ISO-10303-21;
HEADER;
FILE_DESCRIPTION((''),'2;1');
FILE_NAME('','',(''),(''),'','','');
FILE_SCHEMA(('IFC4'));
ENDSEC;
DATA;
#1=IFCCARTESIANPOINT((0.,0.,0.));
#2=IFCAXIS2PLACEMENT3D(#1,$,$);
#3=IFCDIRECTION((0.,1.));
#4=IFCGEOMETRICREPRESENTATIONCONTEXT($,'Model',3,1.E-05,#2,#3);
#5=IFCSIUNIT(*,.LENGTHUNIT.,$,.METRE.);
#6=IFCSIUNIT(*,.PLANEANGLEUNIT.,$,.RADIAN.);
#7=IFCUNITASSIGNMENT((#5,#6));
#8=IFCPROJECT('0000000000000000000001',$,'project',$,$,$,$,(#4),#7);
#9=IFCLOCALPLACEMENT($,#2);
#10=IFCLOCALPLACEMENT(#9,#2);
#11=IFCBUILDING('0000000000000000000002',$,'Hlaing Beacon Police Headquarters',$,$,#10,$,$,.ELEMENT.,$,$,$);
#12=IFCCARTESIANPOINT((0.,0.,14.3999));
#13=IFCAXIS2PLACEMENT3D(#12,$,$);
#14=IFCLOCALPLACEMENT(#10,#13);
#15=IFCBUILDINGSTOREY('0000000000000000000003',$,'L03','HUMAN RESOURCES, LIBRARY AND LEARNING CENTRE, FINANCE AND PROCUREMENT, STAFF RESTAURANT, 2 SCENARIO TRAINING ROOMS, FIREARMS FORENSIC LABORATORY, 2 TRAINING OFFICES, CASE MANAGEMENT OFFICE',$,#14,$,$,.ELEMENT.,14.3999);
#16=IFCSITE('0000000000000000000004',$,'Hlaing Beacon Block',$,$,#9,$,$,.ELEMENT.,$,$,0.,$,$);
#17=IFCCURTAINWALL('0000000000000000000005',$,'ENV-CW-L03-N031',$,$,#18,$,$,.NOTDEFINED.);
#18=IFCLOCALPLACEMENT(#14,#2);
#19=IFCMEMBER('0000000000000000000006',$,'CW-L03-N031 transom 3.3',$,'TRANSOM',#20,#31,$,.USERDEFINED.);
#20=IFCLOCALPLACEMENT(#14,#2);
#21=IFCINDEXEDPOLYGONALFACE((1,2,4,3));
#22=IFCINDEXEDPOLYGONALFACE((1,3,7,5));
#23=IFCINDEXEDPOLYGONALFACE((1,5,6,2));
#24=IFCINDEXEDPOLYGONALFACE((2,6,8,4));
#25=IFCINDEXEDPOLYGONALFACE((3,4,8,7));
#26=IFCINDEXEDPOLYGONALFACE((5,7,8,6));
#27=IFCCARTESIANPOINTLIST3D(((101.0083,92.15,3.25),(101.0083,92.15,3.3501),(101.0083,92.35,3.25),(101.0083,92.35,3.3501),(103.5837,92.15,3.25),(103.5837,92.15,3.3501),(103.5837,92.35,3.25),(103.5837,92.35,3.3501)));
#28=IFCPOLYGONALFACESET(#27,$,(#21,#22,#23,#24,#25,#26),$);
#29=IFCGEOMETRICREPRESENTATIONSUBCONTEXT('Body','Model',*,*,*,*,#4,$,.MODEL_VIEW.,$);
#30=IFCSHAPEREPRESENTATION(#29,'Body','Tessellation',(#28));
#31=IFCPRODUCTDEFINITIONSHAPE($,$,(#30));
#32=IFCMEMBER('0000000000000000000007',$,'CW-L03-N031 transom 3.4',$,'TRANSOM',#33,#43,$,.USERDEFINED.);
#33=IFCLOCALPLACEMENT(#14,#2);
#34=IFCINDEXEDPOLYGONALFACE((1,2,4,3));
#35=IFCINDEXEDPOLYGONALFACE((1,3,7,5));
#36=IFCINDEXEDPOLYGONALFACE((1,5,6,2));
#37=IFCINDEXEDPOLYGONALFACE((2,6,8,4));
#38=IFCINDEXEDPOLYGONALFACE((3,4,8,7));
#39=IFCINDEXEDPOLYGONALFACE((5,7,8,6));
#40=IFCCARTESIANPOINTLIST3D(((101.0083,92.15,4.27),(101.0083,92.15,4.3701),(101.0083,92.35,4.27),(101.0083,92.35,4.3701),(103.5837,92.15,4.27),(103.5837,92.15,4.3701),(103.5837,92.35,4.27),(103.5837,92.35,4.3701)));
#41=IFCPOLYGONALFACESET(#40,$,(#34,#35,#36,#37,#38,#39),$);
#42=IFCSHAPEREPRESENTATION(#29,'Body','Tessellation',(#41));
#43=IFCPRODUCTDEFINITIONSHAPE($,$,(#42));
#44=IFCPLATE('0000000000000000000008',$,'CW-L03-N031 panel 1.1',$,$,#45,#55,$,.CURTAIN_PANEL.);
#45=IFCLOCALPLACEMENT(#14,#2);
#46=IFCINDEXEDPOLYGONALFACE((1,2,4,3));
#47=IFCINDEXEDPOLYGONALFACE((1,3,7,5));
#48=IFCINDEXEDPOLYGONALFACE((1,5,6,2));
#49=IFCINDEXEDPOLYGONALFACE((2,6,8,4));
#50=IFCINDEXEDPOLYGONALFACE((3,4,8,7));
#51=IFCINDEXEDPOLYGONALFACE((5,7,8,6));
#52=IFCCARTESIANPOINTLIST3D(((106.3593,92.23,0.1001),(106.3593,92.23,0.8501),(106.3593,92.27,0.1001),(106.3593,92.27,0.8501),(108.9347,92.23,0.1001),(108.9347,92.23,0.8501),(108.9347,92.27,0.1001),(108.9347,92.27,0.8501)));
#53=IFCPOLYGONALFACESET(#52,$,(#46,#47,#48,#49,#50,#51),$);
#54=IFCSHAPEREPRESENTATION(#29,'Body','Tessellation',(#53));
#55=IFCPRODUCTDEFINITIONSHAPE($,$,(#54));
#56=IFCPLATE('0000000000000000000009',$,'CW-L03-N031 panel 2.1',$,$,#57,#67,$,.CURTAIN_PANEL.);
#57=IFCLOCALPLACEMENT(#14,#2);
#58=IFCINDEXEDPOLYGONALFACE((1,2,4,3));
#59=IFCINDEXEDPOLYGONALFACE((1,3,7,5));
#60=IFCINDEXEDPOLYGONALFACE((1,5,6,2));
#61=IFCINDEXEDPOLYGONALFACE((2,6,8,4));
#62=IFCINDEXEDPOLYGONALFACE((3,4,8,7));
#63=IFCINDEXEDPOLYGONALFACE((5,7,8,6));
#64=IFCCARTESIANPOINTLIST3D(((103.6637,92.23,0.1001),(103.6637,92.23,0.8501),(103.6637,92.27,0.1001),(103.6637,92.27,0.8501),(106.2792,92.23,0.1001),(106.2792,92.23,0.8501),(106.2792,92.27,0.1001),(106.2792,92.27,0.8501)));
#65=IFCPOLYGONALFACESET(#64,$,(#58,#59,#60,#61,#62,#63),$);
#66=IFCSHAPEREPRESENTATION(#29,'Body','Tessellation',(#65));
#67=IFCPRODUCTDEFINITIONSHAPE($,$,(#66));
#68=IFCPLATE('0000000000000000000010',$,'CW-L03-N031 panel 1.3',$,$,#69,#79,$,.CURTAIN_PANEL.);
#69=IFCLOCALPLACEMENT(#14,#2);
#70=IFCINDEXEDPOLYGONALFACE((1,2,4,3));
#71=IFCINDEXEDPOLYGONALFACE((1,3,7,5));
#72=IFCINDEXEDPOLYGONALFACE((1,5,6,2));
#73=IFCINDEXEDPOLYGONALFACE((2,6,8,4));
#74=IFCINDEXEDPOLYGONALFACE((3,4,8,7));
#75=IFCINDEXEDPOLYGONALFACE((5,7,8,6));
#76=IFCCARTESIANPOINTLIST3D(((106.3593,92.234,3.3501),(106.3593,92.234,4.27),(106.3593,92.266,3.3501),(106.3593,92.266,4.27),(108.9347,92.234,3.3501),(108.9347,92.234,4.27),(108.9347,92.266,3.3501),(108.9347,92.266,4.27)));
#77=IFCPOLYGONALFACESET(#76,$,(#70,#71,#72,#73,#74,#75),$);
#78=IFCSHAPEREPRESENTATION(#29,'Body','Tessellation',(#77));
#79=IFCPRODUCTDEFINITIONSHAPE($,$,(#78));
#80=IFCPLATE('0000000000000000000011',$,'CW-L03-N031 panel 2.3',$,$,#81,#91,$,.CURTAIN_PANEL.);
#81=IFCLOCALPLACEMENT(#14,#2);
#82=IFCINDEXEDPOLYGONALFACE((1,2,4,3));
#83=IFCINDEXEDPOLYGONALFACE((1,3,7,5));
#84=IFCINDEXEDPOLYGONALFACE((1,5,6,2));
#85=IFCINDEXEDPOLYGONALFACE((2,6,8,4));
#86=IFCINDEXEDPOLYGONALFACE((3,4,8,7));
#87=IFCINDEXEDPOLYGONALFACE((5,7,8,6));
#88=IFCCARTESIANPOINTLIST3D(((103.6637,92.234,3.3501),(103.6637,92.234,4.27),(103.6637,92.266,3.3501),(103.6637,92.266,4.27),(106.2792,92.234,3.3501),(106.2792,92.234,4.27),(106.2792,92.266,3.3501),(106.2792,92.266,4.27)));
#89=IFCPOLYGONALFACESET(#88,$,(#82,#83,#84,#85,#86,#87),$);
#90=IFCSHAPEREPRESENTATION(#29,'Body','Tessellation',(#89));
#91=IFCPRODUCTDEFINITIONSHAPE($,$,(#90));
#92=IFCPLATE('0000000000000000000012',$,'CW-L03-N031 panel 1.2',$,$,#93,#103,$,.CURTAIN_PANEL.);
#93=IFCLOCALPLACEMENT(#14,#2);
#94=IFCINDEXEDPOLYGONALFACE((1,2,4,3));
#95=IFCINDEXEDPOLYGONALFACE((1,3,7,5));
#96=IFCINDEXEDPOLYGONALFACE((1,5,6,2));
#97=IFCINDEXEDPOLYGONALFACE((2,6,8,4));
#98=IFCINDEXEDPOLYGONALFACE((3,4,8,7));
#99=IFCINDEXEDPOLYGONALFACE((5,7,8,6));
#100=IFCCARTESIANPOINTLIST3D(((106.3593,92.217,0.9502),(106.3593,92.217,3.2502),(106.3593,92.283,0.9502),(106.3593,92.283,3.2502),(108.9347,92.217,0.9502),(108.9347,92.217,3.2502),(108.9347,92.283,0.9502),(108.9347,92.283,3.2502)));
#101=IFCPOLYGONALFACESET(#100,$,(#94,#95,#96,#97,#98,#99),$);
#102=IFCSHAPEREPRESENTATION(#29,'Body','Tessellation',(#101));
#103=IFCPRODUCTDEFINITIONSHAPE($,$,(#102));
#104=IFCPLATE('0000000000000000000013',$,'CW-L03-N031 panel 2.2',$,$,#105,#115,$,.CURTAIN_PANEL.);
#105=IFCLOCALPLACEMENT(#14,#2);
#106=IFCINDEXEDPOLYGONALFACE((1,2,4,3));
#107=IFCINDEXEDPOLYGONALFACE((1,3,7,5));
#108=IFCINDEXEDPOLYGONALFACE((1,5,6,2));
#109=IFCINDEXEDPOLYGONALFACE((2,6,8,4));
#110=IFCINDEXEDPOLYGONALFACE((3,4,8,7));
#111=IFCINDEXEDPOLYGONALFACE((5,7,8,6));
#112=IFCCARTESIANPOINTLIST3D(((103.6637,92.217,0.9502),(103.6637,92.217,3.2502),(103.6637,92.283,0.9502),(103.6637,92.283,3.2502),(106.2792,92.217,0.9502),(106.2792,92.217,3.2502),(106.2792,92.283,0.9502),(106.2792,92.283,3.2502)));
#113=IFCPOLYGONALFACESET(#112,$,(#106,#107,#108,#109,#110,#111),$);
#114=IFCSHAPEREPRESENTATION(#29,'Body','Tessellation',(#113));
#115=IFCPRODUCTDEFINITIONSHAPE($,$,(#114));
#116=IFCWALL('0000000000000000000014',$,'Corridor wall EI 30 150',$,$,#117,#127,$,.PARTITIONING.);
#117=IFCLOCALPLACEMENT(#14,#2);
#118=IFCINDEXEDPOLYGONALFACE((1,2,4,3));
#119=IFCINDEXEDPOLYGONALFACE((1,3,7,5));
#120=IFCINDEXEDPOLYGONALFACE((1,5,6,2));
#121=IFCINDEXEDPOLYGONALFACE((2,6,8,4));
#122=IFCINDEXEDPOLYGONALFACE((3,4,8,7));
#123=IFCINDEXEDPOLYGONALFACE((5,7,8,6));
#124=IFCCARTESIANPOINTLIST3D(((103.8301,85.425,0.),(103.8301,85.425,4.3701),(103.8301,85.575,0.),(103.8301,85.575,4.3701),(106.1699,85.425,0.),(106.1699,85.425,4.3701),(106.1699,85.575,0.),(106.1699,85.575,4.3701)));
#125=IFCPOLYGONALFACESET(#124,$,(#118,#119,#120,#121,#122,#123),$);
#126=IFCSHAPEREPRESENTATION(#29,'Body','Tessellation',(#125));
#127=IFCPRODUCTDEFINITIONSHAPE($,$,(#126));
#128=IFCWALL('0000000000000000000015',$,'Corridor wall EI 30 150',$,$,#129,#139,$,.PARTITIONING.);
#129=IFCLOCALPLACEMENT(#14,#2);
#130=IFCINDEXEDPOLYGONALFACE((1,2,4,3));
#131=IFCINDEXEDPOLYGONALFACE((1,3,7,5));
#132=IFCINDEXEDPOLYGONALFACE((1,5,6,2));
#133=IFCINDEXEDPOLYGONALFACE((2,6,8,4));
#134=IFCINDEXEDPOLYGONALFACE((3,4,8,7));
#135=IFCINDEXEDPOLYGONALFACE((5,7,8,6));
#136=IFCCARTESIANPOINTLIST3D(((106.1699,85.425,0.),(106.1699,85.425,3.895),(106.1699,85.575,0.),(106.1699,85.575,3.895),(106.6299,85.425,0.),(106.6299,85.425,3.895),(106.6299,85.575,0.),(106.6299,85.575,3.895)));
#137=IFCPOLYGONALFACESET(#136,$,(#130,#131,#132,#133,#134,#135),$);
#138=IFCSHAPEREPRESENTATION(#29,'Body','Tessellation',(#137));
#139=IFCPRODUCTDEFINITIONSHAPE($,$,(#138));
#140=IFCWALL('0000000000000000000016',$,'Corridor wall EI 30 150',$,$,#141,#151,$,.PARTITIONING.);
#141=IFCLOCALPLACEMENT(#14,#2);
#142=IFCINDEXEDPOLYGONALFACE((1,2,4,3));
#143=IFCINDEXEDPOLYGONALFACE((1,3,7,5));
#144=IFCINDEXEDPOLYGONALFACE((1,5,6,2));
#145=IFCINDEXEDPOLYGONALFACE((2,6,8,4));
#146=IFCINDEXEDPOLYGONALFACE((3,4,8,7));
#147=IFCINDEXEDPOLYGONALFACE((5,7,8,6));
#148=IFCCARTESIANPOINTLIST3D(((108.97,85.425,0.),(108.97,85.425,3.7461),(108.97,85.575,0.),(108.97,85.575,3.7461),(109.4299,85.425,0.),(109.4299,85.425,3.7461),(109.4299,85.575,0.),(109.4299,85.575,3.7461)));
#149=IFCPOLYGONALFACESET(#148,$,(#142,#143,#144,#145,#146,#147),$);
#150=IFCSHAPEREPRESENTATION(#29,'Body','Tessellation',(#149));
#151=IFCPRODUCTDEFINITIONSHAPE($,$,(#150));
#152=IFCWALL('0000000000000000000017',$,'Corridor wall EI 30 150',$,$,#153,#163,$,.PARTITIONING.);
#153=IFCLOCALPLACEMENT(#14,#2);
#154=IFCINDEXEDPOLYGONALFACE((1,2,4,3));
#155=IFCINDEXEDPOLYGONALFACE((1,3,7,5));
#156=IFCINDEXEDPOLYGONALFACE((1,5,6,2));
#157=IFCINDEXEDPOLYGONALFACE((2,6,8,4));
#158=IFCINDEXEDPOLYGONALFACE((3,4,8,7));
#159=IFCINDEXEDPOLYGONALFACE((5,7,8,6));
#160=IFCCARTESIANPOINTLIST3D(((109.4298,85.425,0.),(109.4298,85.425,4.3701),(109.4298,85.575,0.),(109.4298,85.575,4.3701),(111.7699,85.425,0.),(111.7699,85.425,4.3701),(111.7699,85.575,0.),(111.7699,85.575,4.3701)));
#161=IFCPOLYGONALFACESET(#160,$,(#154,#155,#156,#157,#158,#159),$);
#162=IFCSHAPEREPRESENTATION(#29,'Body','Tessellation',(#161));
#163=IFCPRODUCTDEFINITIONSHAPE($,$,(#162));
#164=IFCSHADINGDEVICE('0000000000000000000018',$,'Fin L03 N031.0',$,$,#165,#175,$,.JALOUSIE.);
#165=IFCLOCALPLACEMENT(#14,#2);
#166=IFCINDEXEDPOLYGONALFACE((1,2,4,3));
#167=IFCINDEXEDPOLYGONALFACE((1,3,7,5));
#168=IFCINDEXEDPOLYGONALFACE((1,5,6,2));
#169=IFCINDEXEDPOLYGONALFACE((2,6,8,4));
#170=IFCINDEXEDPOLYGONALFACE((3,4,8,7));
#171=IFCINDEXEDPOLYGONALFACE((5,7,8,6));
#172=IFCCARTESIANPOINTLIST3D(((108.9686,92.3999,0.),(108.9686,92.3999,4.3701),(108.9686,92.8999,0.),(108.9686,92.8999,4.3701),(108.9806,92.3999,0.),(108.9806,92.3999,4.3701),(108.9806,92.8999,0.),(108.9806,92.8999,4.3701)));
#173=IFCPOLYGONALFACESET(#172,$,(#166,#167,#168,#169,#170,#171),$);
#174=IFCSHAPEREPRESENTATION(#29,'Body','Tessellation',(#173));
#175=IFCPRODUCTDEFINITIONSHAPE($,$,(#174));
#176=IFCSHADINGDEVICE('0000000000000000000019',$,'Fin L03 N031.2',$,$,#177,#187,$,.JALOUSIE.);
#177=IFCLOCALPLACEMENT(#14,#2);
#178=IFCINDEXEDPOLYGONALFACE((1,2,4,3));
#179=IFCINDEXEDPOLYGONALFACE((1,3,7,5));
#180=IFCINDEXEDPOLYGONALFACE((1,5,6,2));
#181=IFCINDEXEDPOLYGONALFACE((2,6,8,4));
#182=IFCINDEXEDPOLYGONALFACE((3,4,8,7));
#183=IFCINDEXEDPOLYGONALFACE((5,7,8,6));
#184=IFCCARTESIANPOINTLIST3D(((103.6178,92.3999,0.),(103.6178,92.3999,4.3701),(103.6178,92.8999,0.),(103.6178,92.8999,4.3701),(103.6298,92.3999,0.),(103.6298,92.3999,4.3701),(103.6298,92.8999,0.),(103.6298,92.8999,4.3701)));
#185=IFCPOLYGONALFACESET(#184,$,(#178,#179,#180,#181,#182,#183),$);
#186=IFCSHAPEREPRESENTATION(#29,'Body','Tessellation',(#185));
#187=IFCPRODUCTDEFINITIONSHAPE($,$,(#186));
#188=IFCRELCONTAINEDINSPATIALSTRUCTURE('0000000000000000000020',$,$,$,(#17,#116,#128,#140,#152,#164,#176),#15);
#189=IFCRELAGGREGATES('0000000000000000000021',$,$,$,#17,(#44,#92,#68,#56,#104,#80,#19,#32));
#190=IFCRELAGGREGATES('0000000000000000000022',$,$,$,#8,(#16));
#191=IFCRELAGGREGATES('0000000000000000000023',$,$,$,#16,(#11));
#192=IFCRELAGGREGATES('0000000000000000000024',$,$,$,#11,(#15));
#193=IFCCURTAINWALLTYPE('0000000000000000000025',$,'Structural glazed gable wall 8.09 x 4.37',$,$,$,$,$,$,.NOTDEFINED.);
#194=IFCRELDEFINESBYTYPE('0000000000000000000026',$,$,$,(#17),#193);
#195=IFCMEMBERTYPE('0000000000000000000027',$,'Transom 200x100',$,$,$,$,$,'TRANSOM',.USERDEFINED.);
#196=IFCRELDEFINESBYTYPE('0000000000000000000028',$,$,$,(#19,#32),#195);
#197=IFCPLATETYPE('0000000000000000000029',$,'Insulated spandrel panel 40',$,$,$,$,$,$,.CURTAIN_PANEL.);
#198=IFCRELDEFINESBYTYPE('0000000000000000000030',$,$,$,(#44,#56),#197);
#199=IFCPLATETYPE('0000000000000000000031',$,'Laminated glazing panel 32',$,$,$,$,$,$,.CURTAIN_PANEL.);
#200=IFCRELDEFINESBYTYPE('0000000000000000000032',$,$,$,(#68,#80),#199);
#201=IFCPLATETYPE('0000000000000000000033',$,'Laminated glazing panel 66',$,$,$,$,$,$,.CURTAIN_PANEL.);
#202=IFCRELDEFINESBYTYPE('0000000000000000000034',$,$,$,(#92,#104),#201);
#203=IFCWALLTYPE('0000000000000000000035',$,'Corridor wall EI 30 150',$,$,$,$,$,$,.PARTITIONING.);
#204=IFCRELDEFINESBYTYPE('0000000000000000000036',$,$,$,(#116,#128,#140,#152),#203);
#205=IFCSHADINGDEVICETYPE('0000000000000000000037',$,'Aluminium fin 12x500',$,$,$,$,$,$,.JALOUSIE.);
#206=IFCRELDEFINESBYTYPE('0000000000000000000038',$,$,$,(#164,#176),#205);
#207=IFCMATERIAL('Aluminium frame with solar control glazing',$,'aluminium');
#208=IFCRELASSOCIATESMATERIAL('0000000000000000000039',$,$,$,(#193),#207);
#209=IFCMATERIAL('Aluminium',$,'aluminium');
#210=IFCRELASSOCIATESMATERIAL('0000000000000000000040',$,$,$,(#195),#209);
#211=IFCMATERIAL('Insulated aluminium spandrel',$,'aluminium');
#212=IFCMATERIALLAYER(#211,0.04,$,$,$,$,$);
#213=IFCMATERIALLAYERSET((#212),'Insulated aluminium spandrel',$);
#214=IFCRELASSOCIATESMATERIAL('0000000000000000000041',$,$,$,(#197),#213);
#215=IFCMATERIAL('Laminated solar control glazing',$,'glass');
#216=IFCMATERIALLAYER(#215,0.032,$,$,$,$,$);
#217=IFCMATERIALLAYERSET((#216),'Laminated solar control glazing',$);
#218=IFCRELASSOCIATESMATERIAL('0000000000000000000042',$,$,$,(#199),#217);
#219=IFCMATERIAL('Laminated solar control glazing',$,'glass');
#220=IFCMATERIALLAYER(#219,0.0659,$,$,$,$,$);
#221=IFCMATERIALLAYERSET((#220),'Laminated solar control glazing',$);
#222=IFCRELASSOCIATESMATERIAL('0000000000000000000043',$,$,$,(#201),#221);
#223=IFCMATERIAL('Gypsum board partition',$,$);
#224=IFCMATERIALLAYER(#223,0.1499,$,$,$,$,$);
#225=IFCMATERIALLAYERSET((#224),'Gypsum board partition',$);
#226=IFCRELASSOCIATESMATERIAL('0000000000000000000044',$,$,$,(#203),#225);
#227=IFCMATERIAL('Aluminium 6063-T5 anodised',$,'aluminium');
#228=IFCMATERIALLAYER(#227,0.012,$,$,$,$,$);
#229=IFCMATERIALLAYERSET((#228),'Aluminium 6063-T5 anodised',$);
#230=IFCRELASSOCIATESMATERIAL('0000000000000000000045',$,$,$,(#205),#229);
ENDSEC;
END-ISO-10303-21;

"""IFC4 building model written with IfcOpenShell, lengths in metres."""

from ifc_helpers import new_model, si_unit, direction, frame, frame_2d, origin, origin_2d, place, context, subcontext, project, spatial, rectangle, extrude, material, layer, layer_set, material_profile, profile_set, type_object, element, aggregate, save


model = new_model("IFC4")

# Units and contexts
model_context = context("Model", 3, precision=1e-05, world=origin(), true_north=direction((0.0, 1.0)))
body_context = subcontext(model_context, "Body", "Model", "MODEL_VIEW")
ifc_project = project(units=[si_unit("LENGTHUNIT", "METRE"), si_unit("PLANEANGLEUNIT", "RADIAN")], contexts=[model_context])

# Site, building, storey
site_placement = place(None, origin())
site = spatial("IfcSite", under=ifc_project, at=site_placement, Name="Hlaing Beacon Block", CompositionType="ELEMENT", RefElevation=0.0)
building_placement = place(site_placement, origin())
building = spatial("IfcBuilding", under=site, at=building_placement, Name="Hlaing Beacon Police Headquarters", CompositionType="ELEMENT")
storey_placement = place(building_placement, frame((0.0, 0.0, 14.3999)))
storey = spatial("IfcBuildingStorey", under=building, at=storey_placement, Name="L03", Description="HUMAN RESOURCES, LIBRARY AND LEARNING CENTRE, FINANCE AND PROCUREMENT, STAFF RESTAURANT, 2 SCENARIO TRAINING ROOMS, FIREARMS FORENSIC LABORATORY, 2 TRAINING OFFICES, CASE MANAGEMENT OFFICE", CompositionType="ELEMENT", Elevation=14.3999)

# Curtain wall
ifc_material_1 = material(Name="Aluminium frame with solar control glazing", Category="aluminium")
curtain_wall_type_1 = type_object("IfcCurtainWallType", Name="Structural glazed gable wall 8.09 x 4.37", PredefinedType="NOTDEFINED", material=ifc_material_1)
curtain_wall_1_placement = place(storey_placement, origin())
curtain_wall_1 = element("IfcCurtainWall", 1, at=curtain_wall_1_placement, inside=storey, type_object=curtain_wall_type_1, Name="ENV-CW-L03-N031", PredefinedType="NOTDEFINED")

# Members
ifc_material_2 = material(Name="Aluminium", Category="aluminium")
ifc_material_profile_1 = material_profile(ifc_material_2, rectangle(XDim=0.2, YDim=0.1001, at=origin_2d()), Name="Transom 200x100")
ifc_profile_set_1 = profile_set([ifc_material_profile_1], Name="Aluminium")
member_type_1 = type_object("IfcMemberType", Name="Transom 200x100", ElementType="TRANSOM", PredefinedType="USERDEFINED", material=ifc_profile_set_1)
member_1_placement = place(storey_placement, frame((103.5837, 92.25, 3.3), z_axis=(-1.0, 0.0, 0.0), x_axis=(0.0, -1.0, 0.0)))
member_1 = element("IfcMember", 2, at=member_1_placement, type_object=member_type_1, Name="CW-L03-N031 transom 3.3", ObjectType="TRANSOM", PredefinedType="USERDEFINED", context=body_context, shape_type="SweptSolid", body=[
    extrude(rectangle(XDim=0.2, YDim=0.1001, at=origin_2d()), origin(), (0.0, 0.0, 1.0), 2.5754),
])
member_2_placement = place(storey_placement, frame((103.5837, 92.25, 4.3201), z_axis=(-1.0, 0.0, 0.0), x_axis=(0.0, -1.0, 0.0)))
member_2 = element("IfcMember", 3, at=member_2_placement, type_object=member_type_1, Name="CW-L03-N031 transom 3.4", ObjectType="TRANSOM", PredefinedType="USERDEFINED", context=body_context, shape_type="SweptSolid", body=[
    extrude(rectangle(XDim=0.2, YDim=0.1001, at=origin_2d()), origin(), (0.0, 0.0, 1.0), 2.5754),
])

# Plates
ifc_material_3 = material(Name="Insulated aluminium spandrel", Category="aluminium")
ifc_layer_1 = layer(ifc_material_3, 0.04)
ifc_layer_set_1 = layer_set([ifc_layer_1], Name="Insulated aluminium spandrel")
plate_type_1 = type_object("IfcPlateType", Name="Insulated spandrel panel 40", PredefinedType="CURTAIN_PANEL", material=ifc_layer_set_1)
plate_1_placement = place(storey_placement, frame((107.647, 92.25, 0.1001), z_axis=(0.0, 0.0, 1.0), x_axis=(-1.0, 0.0, 0.0)))
plate_1 = element("IfcPlate", 4, at=plate_1_placement, type_object=plate_type_1, Name="CW-L03-N031 panel 1.1", PredefinedType="CURTAIN_PANEL", context=body_context, shape_type="SweptSolid", body=[
    extrude(rectangle(XDim=2.5754, YDim=0.04, at=origin_2d()), origin(), (0.0, 0.0, 1.0), 0.75),
])
plate_2_placement = place(storey_placement, frame((104.9714, 92.25, 0.1001), z_axis=(0.0, 0.0, 1.0), x_axis=(-1.0, 0.0, 0.0)))
plate_2 = element("IfcPlate", 5, at=plate_2_placement, type_object=plate_type_1, Name="CW-L03-N031 panel 2.1", PredefinedType="CURTAIN_PANEL", context=body_context, shape_type="SweptSolid", body=[
    extrude(rectangle(XDim=2.6155, YDim=0.04, at=origin_2d()), origin(), (0.0, 0.0, 1.0), 0.75),
])
ifc_material_4 = material(Name="Laminated solar control glazing", Category="glass")
ifc_layer_2 = layer(ifc_material_4, 0.032)
ifc_layer_set_2 = layer_set([ifc_layer_2], Name="Laminated solar control glazing")
plate_type_2 = type_object("IfcPlateType", Name="Laminated glazing panel 32", PredefinedType="CURTAIN_PANEL", material=ifc_layer_set_2)
plate_3_placement = place(storey_placement, frame((107.647, 92.25, 3.3501), z_axis=(0.0, 0.0, 1.0), x_axis=(-1.0, 0.0, 0.0)))
plate_3 = element("IfcPlate", 6, at=plate_3_placement, type_object=plate_type_2, Name="CW-L03-N031 panel 1.3", PredefinedType="CURTAIN_PANEL", context=body_context, shape_type="SweptSolid", body=[
    extrude(rectangle(XDim=2.5754, YDim=0.032, at=origin_2d()), origin(), (0.0, 0.0, 1.0), 0.9199),
])
plate_4_placement = place(storey_placement, frame((104.9714, 92.25, 3.3501), z_axis=(0.0, 0.0, 1.0), x_axis=(-1.0, 0.0, 0.0)))
plate_4 = element("IfcPlate", 7, at=plate_4_placement, type_object=plate_type_2, Name="CW-L03-N031 panel 2.3", PredefinedType="CURTAIN_PANEL", context=body_context, shape_type="SweptSolid", body=[
    extrude(rectangle(XDim=2.6155, YDim=0.032, at=origin_2d()), origin(), (0.0, 0.0, 1.0), 0.9199),
])
ifc_material_5 = material(Name="Laminated solar control glazing", Category="glass")
ifc_layer_3 = layer(ifc_material_5, 0.0659)
ifc_layer_set_3 = layer_set([ifc_layer_3], Name="Laminated solar control glazing")
plate_type_3 = type_object("IfcPlateType", Name="Laminated glazing panel 66", PredefinedType="CURTAIN_PANEL", material=ifc_layer_set_3)
plate_5_placement = place(storey_placement, frame((107.647, 92.25, 0.9502), z_axis=(0.0, 0.0, 1.0), x_axis=(-1.0, 0.0, 0.0)))
plate_5 = element("IfcPlate", 8, at=plate_5_placement, type_object=plate_type_3, Name="CW-L03-N031 panel 1.2", PredefinedType="CURTAIN_PANEL", context=body_context, shape_type="SweptSolid", body=[
    extrude(rectangle(XDim=2.5754, YDim=0.0659, at=origin_2d()), origin(), (0.0, 0.0, 1.0), 2.3),
])
plate_6_placement = place(storey_placement, frame((104.9714, 92.25, 0.9502), z_axis=(0.0, 0.0, 1.0), x_axis=(-1.0, 0.0, 0.0)))
plate_6 = element("IfcPlate", 9, at=plate_6_placement, type_object=plate_type_3, Name="CW-L03-N031 panel 2.2", PredefinedType="CURTAIN_PANEL", context=body_context, shape_type="SweptSolid", body=[
    extrude(rectangle(XDim=2.6155, YDim=0.0659, at=origin_2d()), origin(), (0.0, 0.0, 1.0), 2.3),
])
aggregate(curtain_wall_1, [plate_1, plate_5, plate_3, plate_2, plate_6, plate_4, member_1, member_2])

# Walls
ifc_material_6 = material(Name="Gypsum board partition")
ifc_layer_4 = layer(ifc_material_6, 0.1499)
ifc_layer_set_4 = layer_set([ifc_layer_4], Name="Gypsum board partition")
wall_type = type_object("IfcWallType", Name="Corridor wall EI 30 150", PredefinedType="PARTITIONING", material=ifc_layer_set_4)
wall_1_placement = place(storey_placement, frame((103.8301, 85.5, 0.0), z_axis=(0.0, 0.0, 1.0), x_axis=(1.0, 0.0, 0.0)))
element("IfcWall", 10, at=wall_1_placement, inside=storey, type_object=wall_type, Name="Corridor wall EI 30 150", PredefinedType="PARTITIONING", context=body_context, shape_type="SweptSolid", body=[
    extrude(rectangle(XDim=2.3398, YDim=0.1499, at=frame_2d((1.1699, 0.0))), origin(), (0.0, 0.0, 1.0), 4.3701),
])
wall_2_placement = place(storey_placement, frame((106.1699, 85.5, 0.0), z_axis=(0.0, 0.0, 1.0), x_axis=(1.0, 0.0, 0.0)))
element("IfcWall", 11, at=wall_2_placement, inside=storey, type_object=wall_type, Name="Corridor wall EI 30 150", PredefinedType="PARTITIONING", context=body_context, shape_type="SweptSolid", body=[
    extrude(rectangle(XDim=0.46, YDim=0.1499, at=frame_2d((0.23, 0.0))), origin(), (0.0, 0.0, 1.0), 3.895),
])

# Walls
wall_3_placement = place(storey_placement, frame((108.97, 85.5, 0.0), z_axis=(0.0, 0.0, 1.0), x_axis=(1.0, 0.0, 0.0)))
element("IfcWall", 12, at=wall_3_placement, inside=storey, type_object=wall_type, Name="Corridor wall EI 30 150", PredefinedType="PARTITIONING", context=body_context, shape_type="SweptSolid", body=[
    extrude(rectangle(XDim=0.46, YDim=0.1499, at=frame_2d((0.23, 0.0))), origin(), (0.0, 0.0, 1.0), 3.7461),
])
wall_4_placement = place(storey_placement, frame((109.4299, 85.5, 0.0), z_axis=(0.0, 0.0, 1.0), x_axis=(1.0, 0.0, 0.0)))
element("IfcWall", 13, at=wall_4_placement, inside=storey, type_object=wall_type, Name="Corridor wall EI 30 150", PredefinedType="PARTITIONING", context=body_context, shape_type="SweptSolid", body=[
    extrude(rectangle(XDim=2.3401, YDim=0.1499, at=frame_2d((1.1699, 0.0))), origin(), (0.0, 0.0, 1.0), 4.3701),
])

# Shading devices
ifc_material_7 = material(Name="Aluminium 6063-T5 anodised", Category="aluminium")
ifc_layer_5 = layer(ifc_material_7, 0.012)
ifc_layer_set_5 = layer_set([ifc_layer_5], Name="Aluminium 6063-T5 anodised")
shading_device_type = type_object("IfcShadingDeviceType", Name="Aluminium fin 12x500", PredefinedType="JALOUSIE", material=ifc_layer_set_5)
for number, where, z_axis, x_axis, name in (
    (14, (108.9746, 92.6499, 0.0), (0.0, 0.0, 1.0), (-1.0, 0.0, 0.0), "Fin L03 N031.0"),
    (15, (103.6238, 92.6499, 0.0), (0.0, 0.0, 1.0), (-1.0, 0.0, 0.0), "Fin L03 N031.2"),
):
    element("IfcShadingDevice", number, at=place(storey_placement, frame(where, z_axis=z_axis, x_axis=x_axis)), inside=storey, type_object=shading_device_type, Name=name, PredefinedType="JALOUSIE", context=body_context, shape_type="SweptSolid", body=[
        extrude(rectangle(XDim=0.012, YDim=0.5, at=origin_2d()), origin(), (0.0, 0.0, 1.0), 4.3701),
    ])

save(model, "model.ifc")
